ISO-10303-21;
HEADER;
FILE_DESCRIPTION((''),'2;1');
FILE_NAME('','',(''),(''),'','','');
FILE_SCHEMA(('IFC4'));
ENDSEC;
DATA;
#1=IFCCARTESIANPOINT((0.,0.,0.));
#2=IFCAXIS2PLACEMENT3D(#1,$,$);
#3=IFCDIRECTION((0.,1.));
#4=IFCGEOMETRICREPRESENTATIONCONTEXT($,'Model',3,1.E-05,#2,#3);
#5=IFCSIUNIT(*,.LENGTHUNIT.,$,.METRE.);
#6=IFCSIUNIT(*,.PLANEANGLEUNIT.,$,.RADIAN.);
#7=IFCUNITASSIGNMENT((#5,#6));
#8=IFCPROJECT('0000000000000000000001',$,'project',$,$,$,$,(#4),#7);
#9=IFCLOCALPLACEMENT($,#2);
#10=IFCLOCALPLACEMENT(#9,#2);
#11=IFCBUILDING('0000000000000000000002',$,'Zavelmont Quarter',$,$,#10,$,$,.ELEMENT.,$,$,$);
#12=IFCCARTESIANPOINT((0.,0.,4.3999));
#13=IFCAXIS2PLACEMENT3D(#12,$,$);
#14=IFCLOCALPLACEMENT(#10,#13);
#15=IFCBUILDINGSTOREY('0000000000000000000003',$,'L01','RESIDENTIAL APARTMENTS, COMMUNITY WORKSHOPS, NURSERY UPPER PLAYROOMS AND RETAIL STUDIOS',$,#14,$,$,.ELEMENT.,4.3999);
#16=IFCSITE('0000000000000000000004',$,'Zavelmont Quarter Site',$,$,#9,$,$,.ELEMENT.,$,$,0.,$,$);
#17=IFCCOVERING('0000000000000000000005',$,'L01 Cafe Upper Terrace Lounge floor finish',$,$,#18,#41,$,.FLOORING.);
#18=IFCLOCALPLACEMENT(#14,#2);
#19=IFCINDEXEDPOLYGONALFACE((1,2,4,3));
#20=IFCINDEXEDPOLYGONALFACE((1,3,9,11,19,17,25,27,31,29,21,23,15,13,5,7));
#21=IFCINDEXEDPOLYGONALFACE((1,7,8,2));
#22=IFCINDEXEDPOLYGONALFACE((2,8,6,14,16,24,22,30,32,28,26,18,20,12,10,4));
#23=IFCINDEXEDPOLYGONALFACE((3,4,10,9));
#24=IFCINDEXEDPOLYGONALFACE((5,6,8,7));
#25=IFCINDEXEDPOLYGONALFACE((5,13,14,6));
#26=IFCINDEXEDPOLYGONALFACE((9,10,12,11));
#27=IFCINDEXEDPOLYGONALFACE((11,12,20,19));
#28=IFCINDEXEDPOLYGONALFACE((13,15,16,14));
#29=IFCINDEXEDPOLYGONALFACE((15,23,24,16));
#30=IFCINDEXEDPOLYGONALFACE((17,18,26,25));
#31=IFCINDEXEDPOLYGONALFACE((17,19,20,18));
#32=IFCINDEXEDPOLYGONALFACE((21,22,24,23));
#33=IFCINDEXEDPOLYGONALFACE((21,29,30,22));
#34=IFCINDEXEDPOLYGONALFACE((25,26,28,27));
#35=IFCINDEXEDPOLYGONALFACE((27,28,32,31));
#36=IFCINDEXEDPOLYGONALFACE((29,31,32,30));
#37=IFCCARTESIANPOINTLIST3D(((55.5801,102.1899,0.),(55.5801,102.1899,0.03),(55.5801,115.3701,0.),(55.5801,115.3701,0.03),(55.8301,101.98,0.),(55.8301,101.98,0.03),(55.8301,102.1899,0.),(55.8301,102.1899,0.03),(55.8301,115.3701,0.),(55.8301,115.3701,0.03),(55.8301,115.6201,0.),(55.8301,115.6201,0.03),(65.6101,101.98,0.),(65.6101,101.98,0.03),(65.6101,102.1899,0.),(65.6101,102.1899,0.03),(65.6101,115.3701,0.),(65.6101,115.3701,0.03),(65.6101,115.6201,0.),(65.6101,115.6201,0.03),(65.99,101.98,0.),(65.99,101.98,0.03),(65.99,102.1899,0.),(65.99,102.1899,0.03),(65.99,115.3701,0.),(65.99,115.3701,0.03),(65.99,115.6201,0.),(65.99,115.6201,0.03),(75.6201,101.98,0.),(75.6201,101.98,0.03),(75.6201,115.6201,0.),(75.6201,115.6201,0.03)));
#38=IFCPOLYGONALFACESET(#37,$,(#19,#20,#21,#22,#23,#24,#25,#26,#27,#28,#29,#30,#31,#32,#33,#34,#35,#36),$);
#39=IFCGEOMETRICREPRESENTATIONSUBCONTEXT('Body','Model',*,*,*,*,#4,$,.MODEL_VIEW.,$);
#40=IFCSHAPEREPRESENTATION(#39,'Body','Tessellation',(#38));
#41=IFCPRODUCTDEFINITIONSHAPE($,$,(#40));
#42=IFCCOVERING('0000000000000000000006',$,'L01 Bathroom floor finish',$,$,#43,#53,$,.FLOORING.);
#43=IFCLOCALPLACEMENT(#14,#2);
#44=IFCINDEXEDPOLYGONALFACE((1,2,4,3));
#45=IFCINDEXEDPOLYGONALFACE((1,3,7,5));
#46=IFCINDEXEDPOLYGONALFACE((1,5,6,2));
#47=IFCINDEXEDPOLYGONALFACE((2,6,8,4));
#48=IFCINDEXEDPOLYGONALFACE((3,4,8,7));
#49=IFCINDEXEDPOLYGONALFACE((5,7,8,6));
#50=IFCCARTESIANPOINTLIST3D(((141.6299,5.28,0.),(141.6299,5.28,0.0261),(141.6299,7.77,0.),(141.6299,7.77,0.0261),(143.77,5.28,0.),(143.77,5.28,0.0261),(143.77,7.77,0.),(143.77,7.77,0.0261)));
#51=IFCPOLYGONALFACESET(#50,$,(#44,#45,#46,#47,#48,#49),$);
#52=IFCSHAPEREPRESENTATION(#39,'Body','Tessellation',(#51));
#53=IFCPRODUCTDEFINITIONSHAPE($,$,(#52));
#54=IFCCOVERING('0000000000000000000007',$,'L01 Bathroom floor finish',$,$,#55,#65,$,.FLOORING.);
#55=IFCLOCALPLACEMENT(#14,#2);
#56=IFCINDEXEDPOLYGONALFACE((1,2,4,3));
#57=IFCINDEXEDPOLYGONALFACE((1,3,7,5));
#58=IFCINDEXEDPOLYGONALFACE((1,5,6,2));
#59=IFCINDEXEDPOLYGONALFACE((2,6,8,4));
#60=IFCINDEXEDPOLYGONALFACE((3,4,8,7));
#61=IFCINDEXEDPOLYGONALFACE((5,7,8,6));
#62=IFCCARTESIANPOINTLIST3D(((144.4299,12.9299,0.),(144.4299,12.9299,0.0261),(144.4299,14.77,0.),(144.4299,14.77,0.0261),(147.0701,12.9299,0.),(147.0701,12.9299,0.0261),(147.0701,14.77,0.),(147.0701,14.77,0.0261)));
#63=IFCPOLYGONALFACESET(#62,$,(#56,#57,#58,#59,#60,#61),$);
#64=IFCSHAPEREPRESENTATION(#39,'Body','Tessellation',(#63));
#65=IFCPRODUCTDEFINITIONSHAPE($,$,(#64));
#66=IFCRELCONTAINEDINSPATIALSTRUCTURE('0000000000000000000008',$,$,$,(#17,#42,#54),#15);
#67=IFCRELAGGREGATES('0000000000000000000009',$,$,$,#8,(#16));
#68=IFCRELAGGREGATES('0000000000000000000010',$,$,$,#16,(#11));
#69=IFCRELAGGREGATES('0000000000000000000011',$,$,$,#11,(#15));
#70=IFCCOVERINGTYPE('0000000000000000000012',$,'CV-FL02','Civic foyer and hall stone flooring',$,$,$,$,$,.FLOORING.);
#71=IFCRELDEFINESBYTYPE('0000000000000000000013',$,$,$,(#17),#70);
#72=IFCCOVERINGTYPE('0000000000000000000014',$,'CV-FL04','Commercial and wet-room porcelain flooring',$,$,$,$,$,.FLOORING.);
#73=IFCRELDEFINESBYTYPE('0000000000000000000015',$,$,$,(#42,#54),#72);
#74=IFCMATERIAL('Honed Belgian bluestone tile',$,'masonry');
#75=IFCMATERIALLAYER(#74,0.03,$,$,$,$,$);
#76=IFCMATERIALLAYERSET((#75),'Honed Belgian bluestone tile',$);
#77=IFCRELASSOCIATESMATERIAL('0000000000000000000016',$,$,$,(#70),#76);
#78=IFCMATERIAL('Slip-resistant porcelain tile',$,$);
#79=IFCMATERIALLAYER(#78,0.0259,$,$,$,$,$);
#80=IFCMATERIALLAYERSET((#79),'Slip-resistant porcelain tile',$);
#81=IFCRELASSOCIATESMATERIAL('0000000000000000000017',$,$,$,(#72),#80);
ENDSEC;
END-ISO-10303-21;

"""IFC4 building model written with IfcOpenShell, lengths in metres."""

from ifc_helpers import new_model, si_unit, direction, frame, origin, place, context, subcontext, project, spatial, polyline, outline, extrude, material, layer, layer_set, type_object, element, save


model = new_model("IFC4")

# Units and contexts
model_context = context("Model", 3, precision=1e-05, world=origin(), true_north=direction((0.0, 1.0)))
body_context = subcontext(model_context, "Body", "Model", "MODEL_VIEW")
ifc_project = project(units=[si_unit("LENGTHUNIT", "METRE"), si_unit("PLANEANGLEUNIT", "RADIAN")], contexts=[model_context])

# Site, building, storey
site_placement = place(None, origin())
site = spatial("IfcSite", under=ifc_project, at=site_placement, Name="Zavelmont Quarter Site", CompositionType="ELEMENT", RefElevation=0.0)
building_placement = place(site_placement, origin())
building = spatial("IfcBuilding", under=site, at=building_placement, Name="Zavelmont Quarter", CompositionType="ELEMENT")
storey_placement = place(building_placement, frame((0.0, 0.0, 4.3999)))
storey = spatial("IfcBuildingStorey", under=building, at=storey_placement, Name="L01", Description="RESIDENTIAL APARTMENTS, COMMUNITY WORKSHOPS, NURSERY UPPER PLAYROOMS AND RETAIL STUDIOS", CompositionType="ELEMENT", Elevation=4.3999)

# Coverings
ifc_material_1 = material(Name="Honed Belgian bluestone tile", Category="masonry")
ifc_layer_1 = layer(ifc_material_1, 0.03)
ifc_layer_set_1 = layer_set([ifc_layer_1], Name="Honed Belgian bluestone tile")
covering_type_1 = type_object("IfcCoveringType", Name="CV-FL02", Description="Civic foyer and hall stone flooring", PredefinedType="FLOORING", material=ifc_layer_set_1)
covering_1_placement = place(storey_placement, origin())
element("IfcCovering", 1, at=covering_1_placement, inside=storey, type_object=covering_type_1, Name="L01 Cafe Upper Terrace Lounge floor finish", PredefinedType="FLOORING", context=body_context, shape_type="SweptSolid", body=[
    extrude(outline(polyline([(55.5801, 115.3701), (55.8301, 115.3701), (55.8301, 115.6201), (65.6101, 115.6201), (65.6101, 115.3701), (65.99, 115.3701), (65.99, 115.6201), (75.6201, 115.6201), (75.6201, 101.98), (65.99, 101.98), (65.99, 102.1899), (65.6101, 102.1899), (65.6101, 101.98), (55.8301, 101.98), (55.8301, 102.1899), (55.5801, 102.1899), (55.5801, 115.3701)])), origin(), (0.0, 0.0, 1.0), 0.03),
])
ifc_material_2 = material(Name="Slip-resistant porcelain tile")
ifc_layer_2 = layer(ifc_material_2, 0.0259)
ifc_layer_set_2 = layer_set([ifc_layer_2], Name="Slip-resistant porcelain tile")
covering_type_2 = type_object("IfcCoveringType", Name="CV-FL04", Description="Commercial and wet-room porcelain flooring", PredefinedType="FLOORING", material=ifc_layer_set_2)
covering_2_placement = place(storey_placement, origin())
element("IfcCovering", 2, at=covering_2_placement, inside=storey, type_object=covering_type_2, Name="L01 Bathroom floor finish", PredefinedType="FLOORING", context=body_context, shape_type="SweptSolid", body=[
    extrude(outline(polyline([(141.6299, 7.77), (143.77, 7.77), (143.77, 5.28), (141.6299, 5.28), (141.6299, 7.77)])), origin(), (0.0, 0.0, 1.0), 0.0261),
])
covering_3_placement = place(storey_placement, origin())
element("IfcCovering", 3, at=covering_3_placement, inside=storey, type_object=covering_type_2, Name="L01 Bathroom floor finish", PredefinedType="FLOORING", context=body_context, shape_type="SweptSolid", body=[
    extrude(outline(polyline([(144.4299, 14.77), (147.0701, 14.77), (147.0701, 12.9299), (144.4299, 12.9299), (144.4299, 14.77)])), origin(), (0.0, 0.0, 1.0), 0.0261),
])

save(model, "model.ifc")
